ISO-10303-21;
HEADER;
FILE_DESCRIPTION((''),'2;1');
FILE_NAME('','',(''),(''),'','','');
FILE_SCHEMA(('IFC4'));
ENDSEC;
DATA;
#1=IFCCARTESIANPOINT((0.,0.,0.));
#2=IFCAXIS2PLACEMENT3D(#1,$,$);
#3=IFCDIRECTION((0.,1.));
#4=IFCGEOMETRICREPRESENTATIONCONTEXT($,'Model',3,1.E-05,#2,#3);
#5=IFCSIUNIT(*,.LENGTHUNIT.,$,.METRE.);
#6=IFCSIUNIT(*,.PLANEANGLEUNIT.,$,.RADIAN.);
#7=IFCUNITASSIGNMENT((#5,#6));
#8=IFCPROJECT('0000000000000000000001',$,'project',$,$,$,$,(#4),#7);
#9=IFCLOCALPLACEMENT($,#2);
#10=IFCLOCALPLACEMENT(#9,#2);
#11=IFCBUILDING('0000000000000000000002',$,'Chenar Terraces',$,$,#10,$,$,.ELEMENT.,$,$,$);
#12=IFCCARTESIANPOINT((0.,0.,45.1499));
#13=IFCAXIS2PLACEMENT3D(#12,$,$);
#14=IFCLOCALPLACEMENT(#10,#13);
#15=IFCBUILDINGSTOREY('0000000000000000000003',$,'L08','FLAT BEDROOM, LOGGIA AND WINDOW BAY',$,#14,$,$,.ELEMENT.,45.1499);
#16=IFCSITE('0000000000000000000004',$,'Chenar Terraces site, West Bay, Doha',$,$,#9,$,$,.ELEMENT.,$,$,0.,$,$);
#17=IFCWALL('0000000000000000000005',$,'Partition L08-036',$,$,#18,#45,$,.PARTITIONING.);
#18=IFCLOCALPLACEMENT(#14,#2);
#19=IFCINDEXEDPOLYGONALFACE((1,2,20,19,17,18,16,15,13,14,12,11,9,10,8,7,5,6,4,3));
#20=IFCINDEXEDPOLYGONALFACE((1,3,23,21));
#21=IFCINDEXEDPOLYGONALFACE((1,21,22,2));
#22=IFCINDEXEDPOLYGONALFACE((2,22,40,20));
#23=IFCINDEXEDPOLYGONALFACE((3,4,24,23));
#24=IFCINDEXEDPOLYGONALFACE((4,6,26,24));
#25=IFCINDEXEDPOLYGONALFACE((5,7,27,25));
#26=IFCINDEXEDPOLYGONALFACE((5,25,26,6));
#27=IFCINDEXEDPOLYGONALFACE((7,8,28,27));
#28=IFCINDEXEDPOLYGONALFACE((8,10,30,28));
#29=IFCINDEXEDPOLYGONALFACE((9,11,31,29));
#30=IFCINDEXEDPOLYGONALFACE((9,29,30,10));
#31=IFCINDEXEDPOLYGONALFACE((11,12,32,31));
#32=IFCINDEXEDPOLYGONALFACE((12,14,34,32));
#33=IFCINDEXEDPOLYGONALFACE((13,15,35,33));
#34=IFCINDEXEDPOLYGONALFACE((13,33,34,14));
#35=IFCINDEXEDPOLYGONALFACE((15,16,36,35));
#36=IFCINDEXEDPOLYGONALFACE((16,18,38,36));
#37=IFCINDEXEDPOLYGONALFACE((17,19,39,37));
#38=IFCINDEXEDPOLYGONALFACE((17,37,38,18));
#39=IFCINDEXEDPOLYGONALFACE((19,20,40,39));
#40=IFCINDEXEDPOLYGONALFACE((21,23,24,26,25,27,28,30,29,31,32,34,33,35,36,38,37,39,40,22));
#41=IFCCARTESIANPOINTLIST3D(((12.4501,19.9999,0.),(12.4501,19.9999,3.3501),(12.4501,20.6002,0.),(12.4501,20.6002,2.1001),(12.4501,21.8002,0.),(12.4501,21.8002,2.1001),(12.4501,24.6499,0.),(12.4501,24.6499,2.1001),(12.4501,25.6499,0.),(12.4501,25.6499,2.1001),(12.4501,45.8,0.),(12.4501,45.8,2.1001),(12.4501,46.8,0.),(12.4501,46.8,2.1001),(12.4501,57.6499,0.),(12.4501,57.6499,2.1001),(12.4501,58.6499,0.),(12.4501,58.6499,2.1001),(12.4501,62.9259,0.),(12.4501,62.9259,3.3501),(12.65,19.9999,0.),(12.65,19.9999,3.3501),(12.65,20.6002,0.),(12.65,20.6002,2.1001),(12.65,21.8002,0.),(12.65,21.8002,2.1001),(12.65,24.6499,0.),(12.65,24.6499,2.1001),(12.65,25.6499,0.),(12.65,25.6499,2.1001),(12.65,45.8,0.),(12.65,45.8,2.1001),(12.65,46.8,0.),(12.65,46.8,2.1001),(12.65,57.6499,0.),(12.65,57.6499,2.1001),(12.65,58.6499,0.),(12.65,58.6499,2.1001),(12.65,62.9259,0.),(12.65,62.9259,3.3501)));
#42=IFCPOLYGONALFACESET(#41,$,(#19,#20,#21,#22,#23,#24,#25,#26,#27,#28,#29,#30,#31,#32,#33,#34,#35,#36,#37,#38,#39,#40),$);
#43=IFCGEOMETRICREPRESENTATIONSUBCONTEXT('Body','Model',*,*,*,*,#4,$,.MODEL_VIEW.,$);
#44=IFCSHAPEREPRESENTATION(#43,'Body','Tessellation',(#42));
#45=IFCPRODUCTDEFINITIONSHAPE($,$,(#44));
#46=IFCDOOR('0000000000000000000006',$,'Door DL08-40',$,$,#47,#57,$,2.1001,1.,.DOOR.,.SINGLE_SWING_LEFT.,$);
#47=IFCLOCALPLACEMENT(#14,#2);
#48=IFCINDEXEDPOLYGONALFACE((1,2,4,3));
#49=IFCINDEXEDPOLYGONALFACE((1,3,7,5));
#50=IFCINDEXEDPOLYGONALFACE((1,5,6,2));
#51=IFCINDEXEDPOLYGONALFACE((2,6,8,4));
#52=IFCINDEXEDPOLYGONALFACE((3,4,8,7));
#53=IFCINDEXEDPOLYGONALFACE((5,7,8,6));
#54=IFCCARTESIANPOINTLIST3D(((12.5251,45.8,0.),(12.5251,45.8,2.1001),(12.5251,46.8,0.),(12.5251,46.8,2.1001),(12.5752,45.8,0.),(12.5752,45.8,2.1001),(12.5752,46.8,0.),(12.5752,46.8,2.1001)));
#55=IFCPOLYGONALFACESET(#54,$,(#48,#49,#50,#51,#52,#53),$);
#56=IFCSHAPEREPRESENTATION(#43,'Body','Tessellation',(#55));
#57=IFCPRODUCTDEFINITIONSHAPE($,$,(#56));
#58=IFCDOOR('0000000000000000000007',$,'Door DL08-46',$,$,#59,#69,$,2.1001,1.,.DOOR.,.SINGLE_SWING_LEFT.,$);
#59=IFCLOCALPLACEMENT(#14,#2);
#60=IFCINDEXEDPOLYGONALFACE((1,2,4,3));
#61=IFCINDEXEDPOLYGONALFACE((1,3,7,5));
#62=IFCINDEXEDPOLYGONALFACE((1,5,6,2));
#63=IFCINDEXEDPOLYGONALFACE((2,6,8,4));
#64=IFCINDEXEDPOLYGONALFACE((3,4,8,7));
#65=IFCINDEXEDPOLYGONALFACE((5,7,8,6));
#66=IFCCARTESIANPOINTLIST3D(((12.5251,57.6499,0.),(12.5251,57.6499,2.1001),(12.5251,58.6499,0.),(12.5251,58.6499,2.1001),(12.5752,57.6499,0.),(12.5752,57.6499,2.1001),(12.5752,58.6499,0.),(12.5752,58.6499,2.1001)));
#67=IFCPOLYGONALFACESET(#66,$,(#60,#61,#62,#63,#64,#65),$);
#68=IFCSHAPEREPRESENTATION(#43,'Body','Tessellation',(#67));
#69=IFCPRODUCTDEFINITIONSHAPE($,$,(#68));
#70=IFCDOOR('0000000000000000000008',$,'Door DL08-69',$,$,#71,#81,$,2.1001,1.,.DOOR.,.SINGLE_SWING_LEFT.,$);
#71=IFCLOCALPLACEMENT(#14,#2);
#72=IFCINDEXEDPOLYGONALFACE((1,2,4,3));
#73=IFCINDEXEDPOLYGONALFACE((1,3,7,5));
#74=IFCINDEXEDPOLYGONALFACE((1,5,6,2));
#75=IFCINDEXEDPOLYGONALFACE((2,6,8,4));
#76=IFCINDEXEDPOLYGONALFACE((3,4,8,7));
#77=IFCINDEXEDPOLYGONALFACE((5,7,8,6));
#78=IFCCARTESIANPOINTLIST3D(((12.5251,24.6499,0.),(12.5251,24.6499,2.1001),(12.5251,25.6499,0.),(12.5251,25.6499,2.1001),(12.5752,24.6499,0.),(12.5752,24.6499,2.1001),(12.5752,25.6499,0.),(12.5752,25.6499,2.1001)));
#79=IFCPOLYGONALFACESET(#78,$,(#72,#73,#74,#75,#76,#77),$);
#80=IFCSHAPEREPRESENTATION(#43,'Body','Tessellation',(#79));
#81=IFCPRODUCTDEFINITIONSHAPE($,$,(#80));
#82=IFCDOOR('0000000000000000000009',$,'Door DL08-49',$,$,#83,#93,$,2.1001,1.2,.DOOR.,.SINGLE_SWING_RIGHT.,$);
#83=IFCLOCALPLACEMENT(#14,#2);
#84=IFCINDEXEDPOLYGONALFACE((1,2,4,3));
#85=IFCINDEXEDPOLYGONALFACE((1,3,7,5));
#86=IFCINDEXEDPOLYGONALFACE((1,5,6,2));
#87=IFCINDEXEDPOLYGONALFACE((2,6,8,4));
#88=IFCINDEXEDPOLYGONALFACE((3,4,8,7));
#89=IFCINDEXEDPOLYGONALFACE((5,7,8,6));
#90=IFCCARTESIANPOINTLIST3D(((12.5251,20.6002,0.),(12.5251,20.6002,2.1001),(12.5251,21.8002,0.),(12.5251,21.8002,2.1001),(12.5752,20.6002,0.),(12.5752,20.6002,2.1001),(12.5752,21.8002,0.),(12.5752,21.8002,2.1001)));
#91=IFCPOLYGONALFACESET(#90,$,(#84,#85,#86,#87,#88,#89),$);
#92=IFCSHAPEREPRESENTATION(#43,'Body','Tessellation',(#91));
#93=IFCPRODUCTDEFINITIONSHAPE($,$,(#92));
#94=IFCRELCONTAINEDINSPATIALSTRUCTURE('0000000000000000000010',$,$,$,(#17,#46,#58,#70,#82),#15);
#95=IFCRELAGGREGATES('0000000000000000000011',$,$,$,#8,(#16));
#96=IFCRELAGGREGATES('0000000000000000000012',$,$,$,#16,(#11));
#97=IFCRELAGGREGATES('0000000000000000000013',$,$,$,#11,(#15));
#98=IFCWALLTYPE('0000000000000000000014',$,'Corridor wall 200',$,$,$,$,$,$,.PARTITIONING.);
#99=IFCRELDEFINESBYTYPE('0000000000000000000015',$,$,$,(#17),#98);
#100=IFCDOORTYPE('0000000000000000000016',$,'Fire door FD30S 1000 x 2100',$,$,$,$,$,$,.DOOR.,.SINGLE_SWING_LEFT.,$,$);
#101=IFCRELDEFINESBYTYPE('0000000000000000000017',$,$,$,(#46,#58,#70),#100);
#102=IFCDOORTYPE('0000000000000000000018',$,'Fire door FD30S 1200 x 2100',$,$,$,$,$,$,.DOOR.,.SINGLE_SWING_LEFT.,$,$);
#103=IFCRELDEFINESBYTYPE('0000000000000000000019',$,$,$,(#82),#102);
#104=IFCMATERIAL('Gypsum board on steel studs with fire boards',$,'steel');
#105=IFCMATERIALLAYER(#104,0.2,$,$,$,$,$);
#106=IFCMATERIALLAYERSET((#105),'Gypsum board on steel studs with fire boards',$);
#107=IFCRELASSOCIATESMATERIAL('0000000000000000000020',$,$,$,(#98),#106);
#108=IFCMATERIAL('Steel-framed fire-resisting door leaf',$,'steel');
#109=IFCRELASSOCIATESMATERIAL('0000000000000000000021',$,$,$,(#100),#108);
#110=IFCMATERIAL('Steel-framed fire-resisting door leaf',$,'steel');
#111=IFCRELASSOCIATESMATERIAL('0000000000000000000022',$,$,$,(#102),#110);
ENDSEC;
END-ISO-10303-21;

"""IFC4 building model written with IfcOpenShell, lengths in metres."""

from ifc_helpers import new_model, si_unit, direction, frame, frame_2d, origin, place, context, subcontext, project, spatial, rectangle, extrude, material, layer, layer_set, type_object, element, fill, save


model = new_model("IFC4")

# Units and contexts
model_context = context("Model", 3, precision=1e-05, world=origin(), true_north=direction((0.0, 1.0)))
body_context = subcontext(model_context, "Body", "Model", "MODEL_VIEW")
ifc_project = project(units=[si_unit("LENGTHUNIT", "METRE"), si_unit("PLANEANGLEUNIT", "RADIAN")], contexts=[model_context])

# Site, building, storey
site_placement = place(None, origin())
site = spatial("IfcSite", under=ifc_project, at=site_placement, Name="Chenar Terraces site, West Bay, Doha", CompositionType="ELEMENT", RefElevation=0.0)
building_placement = place(site_placement, origin())
building = spatial("IfcBuilding", under=site, at=building_placement, Name="Chenar Terraces", CompositionType="ELEMENT")
storey_placement = place(building_placement, frame((0.0, 0.0, 45.1499)))
storey = spatial("IfcBuildingStorey", under=building, at=storey_placement, Name="L08", Description="FLAT BEDROOM, LOGGIA AND WINDOW BAY", CompositionType="ELEMENT", Elevation=45.1499)

# Wall, openings, doors
ifc_material_1 = material(Name="Gypsum board on steel studs with fire boards", Category="steel")
ifc_layer_1 = layer(ifc_material_1, 0.2)
ifc_layer_set_1 = layer_set([ifc_layer_1], Name="Gypsum board on steel studs with fire boards")
wall_type_1 = type_object("IfcWallType", Name="Corridor wall 200", PredefinedType="PARTITIONING", material=ifc_layer_set_1)
wall_1_placement = place(storey_placement, frame((12.55, 20.0, 0.0), z_axis=(0.0, 0.0, 1.0), x_axis=(0.0, 1.0, 0.0)))
wall_1 = element("IfcWall", 1, at=wall_1_placement, inside=storey, type_object=wall_type_1, Name="Partition L08-036", PredefinedType="PARTITIONING", context=body_context, shape_type="SweptSolid", body=[
    extrude(rectangle(XDim=42.926, YDim=0.2, at=frame_2d((21.4629, 0.0))), origin(), (0.0, 0.0, 1.0), 3.3501),
])
opening_1_placement = place(wall_1_placement, frame((25.8, 0.0, 0.0)))
opening_1 = element("IfcOpeningElement", 2, at=opening_1_placement, cuts=wall_1, PredefinedType="OPENING", context=body_context, shape_type="SweptSolid", body=[
    extrude(rectangle(XDim=1.0, YDim=2.1001, at=frame_2d((0.5, 1.05))), frame((0.0, 0.1099, 0.0), z_axis=(0.0, -1.0, 0.0), x_axis=(1.0, 0.0, 0.0)), (0.0, 0.0, 1.0), 0.22),
])
opening_2_placement = place(wall_1_placement, frame((37.6499, 0.0, 0.0)))
opening_2 = element("IfcOpeningElement", 3, at=opening_2_placement, cuts=wall_1, PredefinedType="OPENING", context=body_context, shape_type="SweptSolid", body=[
    extrude(rectangle(XDim=1.0, YDim=2.1001, at=frame_2d((0.5, 1.05))), frame((0.0, 0.1099, 0.0), z_axis=(0.0, -1.0, 0.0), x_axis=(1.0, 0.0, 0.0)), (0.0, 0.0, 1.0), 0.22),
])
opening_3_placement = place(wall_1_placement, frame((0.6001, 0.0, 0.0)))
opening_3 = element("IfcOpeningElement", 4, at=opening_3_placement, cuts=wall_1, PredefinedType="OPENING", context=body_context, shape_type="SweptSolid", body=[
    extrude(rectangle(XDim=1.2, YDim=2.1001, at=frame_2d((0.6001, 1.05))), frame((0.0, 0.1099, 0.0), z_axis=(0.0, -1.0, 0.0), x_axis=(1.0, 0.0, 0.0)), (0.0, 0.0, 1.0), 0.22),
])
opening_4_placement = place(wall_1_placement, frame((4.6499, 0.0, 0.0)))
opening_4 = element("IfcOpeningElement", 5, at=opening_4_placement, cuts=wall_1, PredefinedType="OPENING", context=body_context, shape_type="SweptSolid", body=[
    extrude(rectangle(XDim=1.0, YDim=2.1001, at=frame_2d((0.5, 1.05))), frame((0.0, 0.1099, 0.0), z_axis=(0.0, -1.0, 0.0), x_axis=(1.0, 0.0, 0.0)), (0.0, 0.0, 1.0), 0.22),
])
ifc_material_2 = material(Name="Steel-framed fire-resisting door leaf", Category="steel")
door_type_1 = type_object("IfcDoorType", Name="Fire door FD30S 1000 x 2100", OperationType="SINGLE_SWING_LEFT", PredefinedType="DOOR", material=ifc_material_2)
door_1_placement = place(opening_1_placement, origin())
door_1 = element("IfcDoor", 6, at=door_1_placement, inside=storey, type_object=door_type_1, Name="Door DL08-40", OperationType="SINGLE_SWING_LEFT", OverallHeight=2.1001, OverallWidth=1.0, PredefinedType="DOOR", context=body_context, shape_type="SweptSolid", body=[
    extrude(rectangle(XDim=1.0, YDim=2.1001, at=frame_2d((0.5, 1.05))), frame((0.0, 0.0249, 0.0), z_axis=(0.0, -1.0, 0.0), x_axis=(1.0, 0.0, 0.0)), (0.0, 0.0, 1.0), 0.05),
])
fill(opening_1, door_1)
door_2_placement = place(opening_2_placement, origin())
door_2 = element("IfcDoor", 7, at=door_2_placement, inside=storey, type_object=door_type_1, Name="Door DL08-46", OperationType="SINGLE_SWING_LEFT", OverallHeight=2.1001, OverallWidth=1.0, PredefinedType="DOOR", context=body_context, shape_type="SweptSolid", body=[
    extrude(rectangle(XDim=1.0, YDim=2.1001, at=frame_2d((0.5, 1.05))), frame((0.0, 0.0249, 0.0), z_axis=(0.0, -1.0, 0.0), x_axis=(1.0, 0.0, 0.0)), (0.0, 0.0, 1.0), 0.05),
])
fill(opening_2, door_2)
door_3_placement = place(opening_4_placement, origin())
door_3 = element("IfcDoor", 8, at=door_3_placement, inside=storey, type_object=door_type_1, Name="Door DL08-69", OperationType="SINGLE_SWING_LEFT", OverallHeight=2.1001, OverallWidth=1.0, PredefinedType="DOOR", context=body_context, shape_type="SweptSolid", body=[
    extrude(rectangle(XDim=1.0, YDim=2.1001, at=frame_2d((0.5, 1.05))), frame((0.0, 0.0249, 0.0), z_axis=(0.0, -1.0, 0.0), x_axis=(1.0, 0.0, 0.0)), (0.0, 0.0, 1.0), 0.05),
])
fill(opening_4, door_3)
ifc_material_3 = material(Name="Steel-framed fire-resisting door leaf", Category="steel")
door_type_2 = type_object("IfcDoorType", Name="Fire door FD30S 1200 x 2100", OperationType="SINGLE_SWING_LEFT", PredefinedType="DOOR", material=ifc_material_3)
door_4_placement = place(opening_3_placement, origin())
door_4 = element("IfcDoor", 9, at=door_4_placement, inside=storey, type_object=door_type_2, Name="Door DL08-49", OperationType="SINGLE_SWING_RIGHT", OverallHeight=2.1001, OverallWidth=1.2, PredefinedType="DOOR", context=body_context, shape_type="SweptSolid", body=[
    extrude(rectangle(XDim=1.2, YDim=2.1001, at=frame_2d((0.6001, 1.05))), frame((0.0, 0.0249, 0.0), z_axis=(0.0, -1.0, 0.0), x_axis=(1.0, 0.0, 0.0)), (0.0, 0.0, 1.0), 0.05),
])
fill(opening_3, door_4)

save(model, "model.ifc")
